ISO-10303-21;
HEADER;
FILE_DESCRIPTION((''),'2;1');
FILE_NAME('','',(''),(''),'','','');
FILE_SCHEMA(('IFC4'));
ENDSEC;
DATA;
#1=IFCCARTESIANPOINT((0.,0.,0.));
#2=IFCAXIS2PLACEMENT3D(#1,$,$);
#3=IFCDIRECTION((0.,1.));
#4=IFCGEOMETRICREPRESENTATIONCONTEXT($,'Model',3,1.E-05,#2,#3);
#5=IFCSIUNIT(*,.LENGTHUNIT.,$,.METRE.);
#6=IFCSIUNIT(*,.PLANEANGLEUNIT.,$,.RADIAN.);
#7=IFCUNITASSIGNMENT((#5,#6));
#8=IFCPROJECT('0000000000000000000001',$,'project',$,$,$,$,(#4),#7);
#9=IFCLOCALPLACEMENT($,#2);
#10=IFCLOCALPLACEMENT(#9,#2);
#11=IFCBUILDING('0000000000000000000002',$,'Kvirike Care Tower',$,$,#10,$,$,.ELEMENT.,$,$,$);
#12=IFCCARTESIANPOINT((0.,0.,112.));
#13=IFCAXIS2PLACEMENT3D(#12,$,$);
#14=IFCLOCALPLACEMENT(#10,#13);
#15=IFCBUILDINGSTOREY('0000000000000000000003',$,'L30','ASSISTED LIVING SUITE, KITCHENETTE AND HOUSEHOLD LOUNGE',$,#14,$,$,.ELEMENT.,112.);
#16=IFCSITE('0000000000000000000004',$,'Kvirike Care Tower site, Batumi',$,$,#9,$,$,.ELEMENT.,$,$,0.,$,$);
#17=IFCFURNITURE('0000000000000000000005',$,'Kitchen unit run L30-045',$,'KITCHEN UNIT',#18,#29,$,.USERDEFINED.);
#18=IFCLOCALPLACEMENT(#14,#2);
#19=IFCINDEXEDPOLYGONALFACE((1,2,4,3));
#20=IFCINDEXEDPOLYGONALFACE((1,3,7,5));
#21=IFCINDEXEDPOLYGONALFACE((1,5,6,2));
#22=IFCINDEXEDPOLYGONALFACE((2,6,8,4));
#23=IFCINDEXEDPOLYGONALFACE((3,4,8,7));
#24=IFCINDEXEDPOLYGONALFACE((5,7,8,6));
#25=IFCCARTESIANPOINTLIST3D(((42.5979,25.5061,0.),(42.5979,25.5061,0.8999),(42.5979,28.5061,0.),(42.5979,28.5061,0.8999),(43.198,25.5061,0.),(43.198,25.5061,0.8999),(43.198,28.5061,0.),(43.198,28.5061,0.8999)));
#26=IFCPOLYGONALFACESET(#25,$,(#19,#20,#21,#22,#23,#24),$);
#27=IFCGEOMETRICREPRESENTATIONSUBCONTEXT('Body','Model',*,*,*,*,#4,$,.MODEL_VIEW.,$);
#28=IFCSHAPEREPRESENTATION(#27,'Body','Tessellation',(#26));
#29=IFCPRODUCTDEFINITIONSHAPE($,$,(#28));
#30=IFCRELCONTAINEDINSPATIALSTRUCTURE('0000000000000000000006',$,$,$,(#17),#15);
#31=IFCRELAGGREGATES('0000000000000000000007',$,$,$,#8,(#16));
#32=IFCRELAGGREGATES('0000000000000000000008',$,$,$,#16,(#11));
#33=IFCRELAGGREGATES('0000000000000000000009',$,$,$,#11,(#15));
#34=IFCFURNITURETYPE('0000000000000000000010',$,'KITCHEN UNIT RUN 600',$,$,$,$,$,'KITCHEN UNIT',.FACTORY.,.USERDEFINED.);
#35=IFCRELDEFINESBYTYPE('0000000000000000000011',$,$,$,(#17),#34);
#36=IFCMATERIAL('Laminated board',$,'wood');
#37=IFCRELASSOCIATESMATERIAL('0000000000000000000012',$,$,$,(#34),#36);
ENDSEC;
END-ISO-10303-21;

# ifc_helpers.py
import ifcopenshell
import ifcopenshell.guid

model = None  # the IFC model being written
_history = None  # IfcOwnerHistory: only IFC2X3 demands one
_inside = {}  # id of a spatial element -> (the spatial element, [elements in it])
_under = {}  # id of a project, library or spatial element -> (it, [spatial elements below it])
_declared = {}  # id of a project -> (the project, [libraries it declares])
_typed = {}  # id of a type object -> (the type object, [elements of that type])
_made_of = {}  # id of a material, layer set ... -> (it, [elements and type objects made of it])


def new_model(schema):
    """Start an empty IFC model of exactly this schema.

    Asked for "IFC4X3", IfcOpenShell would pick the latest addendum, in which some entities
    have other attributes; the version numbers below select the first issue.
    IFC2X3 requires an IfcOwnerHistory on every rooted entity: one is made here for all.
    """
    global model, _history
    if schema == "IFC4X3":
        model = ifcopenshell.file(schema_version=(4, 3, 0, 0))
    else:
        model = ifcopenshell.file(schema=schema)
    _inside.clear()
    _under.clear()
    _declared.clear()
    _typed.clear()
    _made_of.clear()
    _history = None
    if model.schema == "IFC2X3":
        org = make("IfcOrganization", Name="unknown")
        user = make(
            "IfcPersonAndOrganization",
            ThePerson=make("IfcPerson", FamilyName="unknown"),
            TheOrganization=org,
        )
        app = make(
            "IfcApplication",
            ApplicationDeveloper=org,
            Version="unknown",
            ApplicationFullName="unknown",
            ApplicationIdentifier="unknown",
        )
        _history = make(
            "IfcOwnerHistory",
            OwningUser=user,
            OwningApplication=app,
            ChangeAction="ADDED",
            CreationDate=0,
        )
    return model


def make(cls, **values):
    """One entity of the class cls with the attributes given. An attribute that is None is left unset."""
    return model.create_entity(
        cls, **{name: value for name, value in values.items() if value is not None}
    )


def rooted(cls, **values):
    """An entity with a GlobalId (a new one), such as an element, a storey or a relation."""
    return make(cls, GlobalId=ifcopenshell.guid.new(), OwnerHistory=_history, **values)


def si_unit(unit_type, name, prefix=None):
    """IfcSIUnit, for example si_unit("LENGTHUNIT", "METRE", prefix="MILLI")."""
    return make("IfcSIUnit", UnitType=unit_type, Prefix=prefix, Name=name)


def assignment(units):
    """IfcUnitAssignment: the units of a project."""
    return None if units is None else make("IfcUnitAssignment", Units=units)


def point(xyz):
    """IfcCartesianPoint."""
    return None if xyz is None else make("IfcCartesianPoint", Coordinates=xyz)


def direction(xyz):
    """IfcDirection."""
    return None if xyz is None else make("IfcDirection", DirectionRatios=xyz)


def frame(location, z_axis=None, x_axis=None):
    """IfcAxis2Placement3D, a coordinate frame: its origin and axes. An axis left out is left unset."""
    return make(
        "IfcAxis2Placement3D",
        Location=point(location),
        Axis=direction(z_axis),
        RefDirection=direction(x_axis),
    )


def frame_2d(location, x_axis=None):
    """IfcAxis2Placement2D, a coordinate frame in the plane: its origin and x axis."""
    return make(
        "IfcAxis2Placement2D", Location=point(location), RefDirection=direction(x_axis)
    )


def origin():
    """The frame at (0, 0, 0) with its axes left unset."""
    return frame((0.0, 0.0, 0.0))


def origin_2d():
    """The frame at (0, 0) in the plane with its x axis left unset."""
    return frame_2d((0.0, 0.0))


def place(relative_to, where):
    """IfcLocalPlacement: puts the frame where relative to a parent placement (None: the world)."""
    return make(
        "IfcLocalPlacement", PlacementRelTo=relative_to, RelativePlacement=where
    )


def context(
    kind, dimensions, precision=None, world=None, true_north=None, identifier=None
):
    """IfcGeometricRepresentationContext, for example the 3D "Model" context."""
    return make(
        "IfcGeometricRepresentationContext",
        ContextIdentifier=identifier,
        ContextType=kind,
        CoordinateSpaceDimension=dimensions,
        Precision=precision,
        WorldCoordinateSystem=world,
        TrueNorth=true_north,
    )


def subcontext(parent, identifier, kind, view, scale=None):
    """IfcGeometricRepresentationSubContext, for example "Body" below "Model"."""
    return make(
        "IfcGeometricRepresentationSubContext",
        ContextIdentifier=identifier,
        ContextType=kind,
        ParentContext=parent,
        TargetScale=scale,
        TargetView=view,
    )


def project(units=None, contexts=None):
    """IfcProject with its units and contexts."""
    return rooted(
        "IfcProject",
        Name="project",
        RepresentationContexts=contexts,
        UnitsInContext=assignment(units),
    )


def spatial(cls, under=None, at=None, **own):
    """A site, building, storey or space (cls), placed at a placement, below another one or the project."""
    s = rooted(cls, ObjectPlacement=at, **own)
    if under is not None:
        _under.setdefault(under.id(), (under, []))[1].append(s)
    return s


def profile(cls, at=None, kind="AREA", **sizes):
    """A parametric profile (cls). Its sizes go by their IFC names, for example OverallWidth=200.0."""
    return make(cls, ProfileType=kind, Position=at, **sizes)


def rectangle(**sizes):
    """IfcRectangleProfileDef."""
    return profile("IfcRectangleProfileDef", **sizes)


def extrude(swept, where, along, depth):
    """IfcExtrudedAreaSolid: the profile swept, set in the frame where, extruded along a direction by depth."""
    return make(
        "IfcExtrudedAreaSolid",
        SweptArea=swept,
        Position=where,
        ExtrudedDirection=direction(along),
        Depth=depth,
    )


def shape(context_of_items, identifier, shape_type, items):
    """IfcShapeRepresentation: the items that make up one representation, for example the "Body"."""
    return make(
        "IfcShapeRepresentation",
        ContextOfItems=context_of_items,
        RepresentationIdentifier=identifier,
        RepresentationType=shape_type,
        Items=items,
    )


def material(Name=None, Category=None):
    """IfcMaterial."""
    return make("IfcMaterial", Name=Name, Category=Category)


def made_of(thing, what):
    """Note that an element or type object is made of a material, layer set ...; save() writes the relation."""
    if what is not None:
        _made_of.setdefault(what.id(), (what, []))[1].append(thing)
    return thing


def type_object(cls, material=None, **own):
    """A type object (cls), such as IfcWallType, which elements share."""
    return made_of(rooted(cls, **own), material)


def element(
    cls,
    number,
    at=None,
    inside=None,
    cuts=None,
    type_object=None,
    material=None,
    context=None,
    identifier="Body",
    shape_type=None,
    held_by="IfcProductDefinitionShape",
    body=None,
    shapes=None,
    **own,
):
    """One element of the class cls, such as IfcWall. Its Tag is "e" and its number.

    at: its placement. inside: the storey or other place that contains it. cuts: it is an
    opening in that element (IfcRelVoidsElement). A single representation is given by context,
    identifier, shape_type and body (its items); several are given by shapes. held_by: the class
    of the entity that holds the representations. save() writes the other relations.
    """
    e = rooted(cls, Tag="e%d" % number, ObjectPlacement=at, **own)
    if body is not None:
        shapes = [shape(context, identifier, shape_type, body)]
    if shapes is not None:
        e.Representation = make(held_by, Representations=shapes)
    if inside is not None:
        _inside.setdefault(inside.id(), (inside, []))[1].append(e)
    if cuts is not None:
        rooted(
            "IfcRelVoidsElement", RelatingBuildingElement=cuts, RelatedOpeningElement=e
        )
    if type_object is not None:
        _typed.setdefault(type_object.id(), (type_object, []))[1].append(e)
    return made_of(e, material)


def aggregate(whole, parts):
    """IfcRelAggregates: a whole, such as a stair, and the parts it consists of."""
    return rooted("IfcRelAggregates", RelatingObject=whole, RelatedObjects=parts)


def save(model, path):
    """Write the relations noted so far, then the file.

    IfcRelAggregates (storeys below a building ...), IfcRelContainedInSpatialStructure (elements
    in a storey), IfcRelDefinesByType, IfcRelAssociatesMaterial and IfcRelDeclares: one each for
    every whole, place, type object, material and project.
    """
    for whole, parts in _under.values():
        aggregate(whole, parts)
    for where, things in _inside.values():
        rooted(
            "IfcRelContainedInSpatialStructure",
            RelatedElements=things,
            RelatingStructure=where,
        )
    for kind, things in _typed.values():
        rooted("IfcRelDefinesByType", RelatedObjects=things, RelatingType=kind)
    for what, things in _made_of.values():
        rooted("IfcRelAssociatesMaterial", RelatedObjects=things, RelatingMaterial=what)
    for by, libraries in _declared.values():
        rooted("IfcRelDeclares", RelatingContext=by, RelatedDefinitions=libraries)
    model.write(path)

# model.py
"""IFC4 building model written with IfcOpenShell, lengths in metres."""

from ifc_helpers import new_model, si_unit, direction, frame, origin, origin_2d, place, context, subcontext, project, spatial, rectangle, extrude, material, type_object, element, save


model = new_model("IFC4")

# Units and contexts
model_context = context("Model", 3, precision=1e-05, world=origin(), true_north=direction((0.0, 1.0)))
body_context = subcontext(model_context, "Body", "Model", "MODEL_VIEW")
ifc_project = project(units=[si_unit("LENGTHUNIT", "METRE"), si_unit("PLANEANGLEUNIT", "RADIAN")], contexts=[model_context])

# Site, building, storey
site_placement = place(None, origin())
site = spatial("IfcSite", under=ifc_project, at=site_placement, Name="Kvirike Care Tower site, Batumi", CompositionType="ELEMENT", RefElevation=0.0)
building_placement = place(site_placement, origin())
building = spatial("IfcBuilding", under=site, at=building_placement, Name="Kvirike Care Tower", CompositionType="ELEMENT")
storey_placement = place(building_placement, frame((0.0, 0.0, 112.0)))
storey = spatial("IfcBuildingStorey", under=building, at=storey_placement, Name="L30", Description="ASSISTED LIVING SUITE, KITCHENETTE AND HOUSEHOLD LOUNGE", CompositionType="ELEMENT", Elevation=112.0)

# Furniture
ifc_material_1 = material(Name="Laminated board", Category="wood")
furniture_type = type_object("IfcFurnitureType", Name="KITCHEN UNIT RUN 600", ElementType="KITCHEN UNIT", AssemblyPlace="FACTORY", PredefinedType="USERDEFINED", material=ifc_material_1)
furniture_placement = place(storey_placement, frame((42.8979, 27.0061, 0.0), z_axis=(0.0, 0.0, 1.0), x_axis=(0.0, -1.0, 0.0)))
element("IfcFurniture", 1, at=furniture_placement, inside=storey, type_object=furniture_type, Name="Kitchen unit run L30-045", ObjectType="KITCHEN UNIT", PredefinedType="USERDEFINED", context=body_context, shape_type="SweptSolid", body=[
    extrude(rectangle(XDim=3.0, YDim=0.6001, at=origin_2d()), origin(), (0.0, 0.0, 1.0), 0.8999),
])

save(model, "model.ifc")
